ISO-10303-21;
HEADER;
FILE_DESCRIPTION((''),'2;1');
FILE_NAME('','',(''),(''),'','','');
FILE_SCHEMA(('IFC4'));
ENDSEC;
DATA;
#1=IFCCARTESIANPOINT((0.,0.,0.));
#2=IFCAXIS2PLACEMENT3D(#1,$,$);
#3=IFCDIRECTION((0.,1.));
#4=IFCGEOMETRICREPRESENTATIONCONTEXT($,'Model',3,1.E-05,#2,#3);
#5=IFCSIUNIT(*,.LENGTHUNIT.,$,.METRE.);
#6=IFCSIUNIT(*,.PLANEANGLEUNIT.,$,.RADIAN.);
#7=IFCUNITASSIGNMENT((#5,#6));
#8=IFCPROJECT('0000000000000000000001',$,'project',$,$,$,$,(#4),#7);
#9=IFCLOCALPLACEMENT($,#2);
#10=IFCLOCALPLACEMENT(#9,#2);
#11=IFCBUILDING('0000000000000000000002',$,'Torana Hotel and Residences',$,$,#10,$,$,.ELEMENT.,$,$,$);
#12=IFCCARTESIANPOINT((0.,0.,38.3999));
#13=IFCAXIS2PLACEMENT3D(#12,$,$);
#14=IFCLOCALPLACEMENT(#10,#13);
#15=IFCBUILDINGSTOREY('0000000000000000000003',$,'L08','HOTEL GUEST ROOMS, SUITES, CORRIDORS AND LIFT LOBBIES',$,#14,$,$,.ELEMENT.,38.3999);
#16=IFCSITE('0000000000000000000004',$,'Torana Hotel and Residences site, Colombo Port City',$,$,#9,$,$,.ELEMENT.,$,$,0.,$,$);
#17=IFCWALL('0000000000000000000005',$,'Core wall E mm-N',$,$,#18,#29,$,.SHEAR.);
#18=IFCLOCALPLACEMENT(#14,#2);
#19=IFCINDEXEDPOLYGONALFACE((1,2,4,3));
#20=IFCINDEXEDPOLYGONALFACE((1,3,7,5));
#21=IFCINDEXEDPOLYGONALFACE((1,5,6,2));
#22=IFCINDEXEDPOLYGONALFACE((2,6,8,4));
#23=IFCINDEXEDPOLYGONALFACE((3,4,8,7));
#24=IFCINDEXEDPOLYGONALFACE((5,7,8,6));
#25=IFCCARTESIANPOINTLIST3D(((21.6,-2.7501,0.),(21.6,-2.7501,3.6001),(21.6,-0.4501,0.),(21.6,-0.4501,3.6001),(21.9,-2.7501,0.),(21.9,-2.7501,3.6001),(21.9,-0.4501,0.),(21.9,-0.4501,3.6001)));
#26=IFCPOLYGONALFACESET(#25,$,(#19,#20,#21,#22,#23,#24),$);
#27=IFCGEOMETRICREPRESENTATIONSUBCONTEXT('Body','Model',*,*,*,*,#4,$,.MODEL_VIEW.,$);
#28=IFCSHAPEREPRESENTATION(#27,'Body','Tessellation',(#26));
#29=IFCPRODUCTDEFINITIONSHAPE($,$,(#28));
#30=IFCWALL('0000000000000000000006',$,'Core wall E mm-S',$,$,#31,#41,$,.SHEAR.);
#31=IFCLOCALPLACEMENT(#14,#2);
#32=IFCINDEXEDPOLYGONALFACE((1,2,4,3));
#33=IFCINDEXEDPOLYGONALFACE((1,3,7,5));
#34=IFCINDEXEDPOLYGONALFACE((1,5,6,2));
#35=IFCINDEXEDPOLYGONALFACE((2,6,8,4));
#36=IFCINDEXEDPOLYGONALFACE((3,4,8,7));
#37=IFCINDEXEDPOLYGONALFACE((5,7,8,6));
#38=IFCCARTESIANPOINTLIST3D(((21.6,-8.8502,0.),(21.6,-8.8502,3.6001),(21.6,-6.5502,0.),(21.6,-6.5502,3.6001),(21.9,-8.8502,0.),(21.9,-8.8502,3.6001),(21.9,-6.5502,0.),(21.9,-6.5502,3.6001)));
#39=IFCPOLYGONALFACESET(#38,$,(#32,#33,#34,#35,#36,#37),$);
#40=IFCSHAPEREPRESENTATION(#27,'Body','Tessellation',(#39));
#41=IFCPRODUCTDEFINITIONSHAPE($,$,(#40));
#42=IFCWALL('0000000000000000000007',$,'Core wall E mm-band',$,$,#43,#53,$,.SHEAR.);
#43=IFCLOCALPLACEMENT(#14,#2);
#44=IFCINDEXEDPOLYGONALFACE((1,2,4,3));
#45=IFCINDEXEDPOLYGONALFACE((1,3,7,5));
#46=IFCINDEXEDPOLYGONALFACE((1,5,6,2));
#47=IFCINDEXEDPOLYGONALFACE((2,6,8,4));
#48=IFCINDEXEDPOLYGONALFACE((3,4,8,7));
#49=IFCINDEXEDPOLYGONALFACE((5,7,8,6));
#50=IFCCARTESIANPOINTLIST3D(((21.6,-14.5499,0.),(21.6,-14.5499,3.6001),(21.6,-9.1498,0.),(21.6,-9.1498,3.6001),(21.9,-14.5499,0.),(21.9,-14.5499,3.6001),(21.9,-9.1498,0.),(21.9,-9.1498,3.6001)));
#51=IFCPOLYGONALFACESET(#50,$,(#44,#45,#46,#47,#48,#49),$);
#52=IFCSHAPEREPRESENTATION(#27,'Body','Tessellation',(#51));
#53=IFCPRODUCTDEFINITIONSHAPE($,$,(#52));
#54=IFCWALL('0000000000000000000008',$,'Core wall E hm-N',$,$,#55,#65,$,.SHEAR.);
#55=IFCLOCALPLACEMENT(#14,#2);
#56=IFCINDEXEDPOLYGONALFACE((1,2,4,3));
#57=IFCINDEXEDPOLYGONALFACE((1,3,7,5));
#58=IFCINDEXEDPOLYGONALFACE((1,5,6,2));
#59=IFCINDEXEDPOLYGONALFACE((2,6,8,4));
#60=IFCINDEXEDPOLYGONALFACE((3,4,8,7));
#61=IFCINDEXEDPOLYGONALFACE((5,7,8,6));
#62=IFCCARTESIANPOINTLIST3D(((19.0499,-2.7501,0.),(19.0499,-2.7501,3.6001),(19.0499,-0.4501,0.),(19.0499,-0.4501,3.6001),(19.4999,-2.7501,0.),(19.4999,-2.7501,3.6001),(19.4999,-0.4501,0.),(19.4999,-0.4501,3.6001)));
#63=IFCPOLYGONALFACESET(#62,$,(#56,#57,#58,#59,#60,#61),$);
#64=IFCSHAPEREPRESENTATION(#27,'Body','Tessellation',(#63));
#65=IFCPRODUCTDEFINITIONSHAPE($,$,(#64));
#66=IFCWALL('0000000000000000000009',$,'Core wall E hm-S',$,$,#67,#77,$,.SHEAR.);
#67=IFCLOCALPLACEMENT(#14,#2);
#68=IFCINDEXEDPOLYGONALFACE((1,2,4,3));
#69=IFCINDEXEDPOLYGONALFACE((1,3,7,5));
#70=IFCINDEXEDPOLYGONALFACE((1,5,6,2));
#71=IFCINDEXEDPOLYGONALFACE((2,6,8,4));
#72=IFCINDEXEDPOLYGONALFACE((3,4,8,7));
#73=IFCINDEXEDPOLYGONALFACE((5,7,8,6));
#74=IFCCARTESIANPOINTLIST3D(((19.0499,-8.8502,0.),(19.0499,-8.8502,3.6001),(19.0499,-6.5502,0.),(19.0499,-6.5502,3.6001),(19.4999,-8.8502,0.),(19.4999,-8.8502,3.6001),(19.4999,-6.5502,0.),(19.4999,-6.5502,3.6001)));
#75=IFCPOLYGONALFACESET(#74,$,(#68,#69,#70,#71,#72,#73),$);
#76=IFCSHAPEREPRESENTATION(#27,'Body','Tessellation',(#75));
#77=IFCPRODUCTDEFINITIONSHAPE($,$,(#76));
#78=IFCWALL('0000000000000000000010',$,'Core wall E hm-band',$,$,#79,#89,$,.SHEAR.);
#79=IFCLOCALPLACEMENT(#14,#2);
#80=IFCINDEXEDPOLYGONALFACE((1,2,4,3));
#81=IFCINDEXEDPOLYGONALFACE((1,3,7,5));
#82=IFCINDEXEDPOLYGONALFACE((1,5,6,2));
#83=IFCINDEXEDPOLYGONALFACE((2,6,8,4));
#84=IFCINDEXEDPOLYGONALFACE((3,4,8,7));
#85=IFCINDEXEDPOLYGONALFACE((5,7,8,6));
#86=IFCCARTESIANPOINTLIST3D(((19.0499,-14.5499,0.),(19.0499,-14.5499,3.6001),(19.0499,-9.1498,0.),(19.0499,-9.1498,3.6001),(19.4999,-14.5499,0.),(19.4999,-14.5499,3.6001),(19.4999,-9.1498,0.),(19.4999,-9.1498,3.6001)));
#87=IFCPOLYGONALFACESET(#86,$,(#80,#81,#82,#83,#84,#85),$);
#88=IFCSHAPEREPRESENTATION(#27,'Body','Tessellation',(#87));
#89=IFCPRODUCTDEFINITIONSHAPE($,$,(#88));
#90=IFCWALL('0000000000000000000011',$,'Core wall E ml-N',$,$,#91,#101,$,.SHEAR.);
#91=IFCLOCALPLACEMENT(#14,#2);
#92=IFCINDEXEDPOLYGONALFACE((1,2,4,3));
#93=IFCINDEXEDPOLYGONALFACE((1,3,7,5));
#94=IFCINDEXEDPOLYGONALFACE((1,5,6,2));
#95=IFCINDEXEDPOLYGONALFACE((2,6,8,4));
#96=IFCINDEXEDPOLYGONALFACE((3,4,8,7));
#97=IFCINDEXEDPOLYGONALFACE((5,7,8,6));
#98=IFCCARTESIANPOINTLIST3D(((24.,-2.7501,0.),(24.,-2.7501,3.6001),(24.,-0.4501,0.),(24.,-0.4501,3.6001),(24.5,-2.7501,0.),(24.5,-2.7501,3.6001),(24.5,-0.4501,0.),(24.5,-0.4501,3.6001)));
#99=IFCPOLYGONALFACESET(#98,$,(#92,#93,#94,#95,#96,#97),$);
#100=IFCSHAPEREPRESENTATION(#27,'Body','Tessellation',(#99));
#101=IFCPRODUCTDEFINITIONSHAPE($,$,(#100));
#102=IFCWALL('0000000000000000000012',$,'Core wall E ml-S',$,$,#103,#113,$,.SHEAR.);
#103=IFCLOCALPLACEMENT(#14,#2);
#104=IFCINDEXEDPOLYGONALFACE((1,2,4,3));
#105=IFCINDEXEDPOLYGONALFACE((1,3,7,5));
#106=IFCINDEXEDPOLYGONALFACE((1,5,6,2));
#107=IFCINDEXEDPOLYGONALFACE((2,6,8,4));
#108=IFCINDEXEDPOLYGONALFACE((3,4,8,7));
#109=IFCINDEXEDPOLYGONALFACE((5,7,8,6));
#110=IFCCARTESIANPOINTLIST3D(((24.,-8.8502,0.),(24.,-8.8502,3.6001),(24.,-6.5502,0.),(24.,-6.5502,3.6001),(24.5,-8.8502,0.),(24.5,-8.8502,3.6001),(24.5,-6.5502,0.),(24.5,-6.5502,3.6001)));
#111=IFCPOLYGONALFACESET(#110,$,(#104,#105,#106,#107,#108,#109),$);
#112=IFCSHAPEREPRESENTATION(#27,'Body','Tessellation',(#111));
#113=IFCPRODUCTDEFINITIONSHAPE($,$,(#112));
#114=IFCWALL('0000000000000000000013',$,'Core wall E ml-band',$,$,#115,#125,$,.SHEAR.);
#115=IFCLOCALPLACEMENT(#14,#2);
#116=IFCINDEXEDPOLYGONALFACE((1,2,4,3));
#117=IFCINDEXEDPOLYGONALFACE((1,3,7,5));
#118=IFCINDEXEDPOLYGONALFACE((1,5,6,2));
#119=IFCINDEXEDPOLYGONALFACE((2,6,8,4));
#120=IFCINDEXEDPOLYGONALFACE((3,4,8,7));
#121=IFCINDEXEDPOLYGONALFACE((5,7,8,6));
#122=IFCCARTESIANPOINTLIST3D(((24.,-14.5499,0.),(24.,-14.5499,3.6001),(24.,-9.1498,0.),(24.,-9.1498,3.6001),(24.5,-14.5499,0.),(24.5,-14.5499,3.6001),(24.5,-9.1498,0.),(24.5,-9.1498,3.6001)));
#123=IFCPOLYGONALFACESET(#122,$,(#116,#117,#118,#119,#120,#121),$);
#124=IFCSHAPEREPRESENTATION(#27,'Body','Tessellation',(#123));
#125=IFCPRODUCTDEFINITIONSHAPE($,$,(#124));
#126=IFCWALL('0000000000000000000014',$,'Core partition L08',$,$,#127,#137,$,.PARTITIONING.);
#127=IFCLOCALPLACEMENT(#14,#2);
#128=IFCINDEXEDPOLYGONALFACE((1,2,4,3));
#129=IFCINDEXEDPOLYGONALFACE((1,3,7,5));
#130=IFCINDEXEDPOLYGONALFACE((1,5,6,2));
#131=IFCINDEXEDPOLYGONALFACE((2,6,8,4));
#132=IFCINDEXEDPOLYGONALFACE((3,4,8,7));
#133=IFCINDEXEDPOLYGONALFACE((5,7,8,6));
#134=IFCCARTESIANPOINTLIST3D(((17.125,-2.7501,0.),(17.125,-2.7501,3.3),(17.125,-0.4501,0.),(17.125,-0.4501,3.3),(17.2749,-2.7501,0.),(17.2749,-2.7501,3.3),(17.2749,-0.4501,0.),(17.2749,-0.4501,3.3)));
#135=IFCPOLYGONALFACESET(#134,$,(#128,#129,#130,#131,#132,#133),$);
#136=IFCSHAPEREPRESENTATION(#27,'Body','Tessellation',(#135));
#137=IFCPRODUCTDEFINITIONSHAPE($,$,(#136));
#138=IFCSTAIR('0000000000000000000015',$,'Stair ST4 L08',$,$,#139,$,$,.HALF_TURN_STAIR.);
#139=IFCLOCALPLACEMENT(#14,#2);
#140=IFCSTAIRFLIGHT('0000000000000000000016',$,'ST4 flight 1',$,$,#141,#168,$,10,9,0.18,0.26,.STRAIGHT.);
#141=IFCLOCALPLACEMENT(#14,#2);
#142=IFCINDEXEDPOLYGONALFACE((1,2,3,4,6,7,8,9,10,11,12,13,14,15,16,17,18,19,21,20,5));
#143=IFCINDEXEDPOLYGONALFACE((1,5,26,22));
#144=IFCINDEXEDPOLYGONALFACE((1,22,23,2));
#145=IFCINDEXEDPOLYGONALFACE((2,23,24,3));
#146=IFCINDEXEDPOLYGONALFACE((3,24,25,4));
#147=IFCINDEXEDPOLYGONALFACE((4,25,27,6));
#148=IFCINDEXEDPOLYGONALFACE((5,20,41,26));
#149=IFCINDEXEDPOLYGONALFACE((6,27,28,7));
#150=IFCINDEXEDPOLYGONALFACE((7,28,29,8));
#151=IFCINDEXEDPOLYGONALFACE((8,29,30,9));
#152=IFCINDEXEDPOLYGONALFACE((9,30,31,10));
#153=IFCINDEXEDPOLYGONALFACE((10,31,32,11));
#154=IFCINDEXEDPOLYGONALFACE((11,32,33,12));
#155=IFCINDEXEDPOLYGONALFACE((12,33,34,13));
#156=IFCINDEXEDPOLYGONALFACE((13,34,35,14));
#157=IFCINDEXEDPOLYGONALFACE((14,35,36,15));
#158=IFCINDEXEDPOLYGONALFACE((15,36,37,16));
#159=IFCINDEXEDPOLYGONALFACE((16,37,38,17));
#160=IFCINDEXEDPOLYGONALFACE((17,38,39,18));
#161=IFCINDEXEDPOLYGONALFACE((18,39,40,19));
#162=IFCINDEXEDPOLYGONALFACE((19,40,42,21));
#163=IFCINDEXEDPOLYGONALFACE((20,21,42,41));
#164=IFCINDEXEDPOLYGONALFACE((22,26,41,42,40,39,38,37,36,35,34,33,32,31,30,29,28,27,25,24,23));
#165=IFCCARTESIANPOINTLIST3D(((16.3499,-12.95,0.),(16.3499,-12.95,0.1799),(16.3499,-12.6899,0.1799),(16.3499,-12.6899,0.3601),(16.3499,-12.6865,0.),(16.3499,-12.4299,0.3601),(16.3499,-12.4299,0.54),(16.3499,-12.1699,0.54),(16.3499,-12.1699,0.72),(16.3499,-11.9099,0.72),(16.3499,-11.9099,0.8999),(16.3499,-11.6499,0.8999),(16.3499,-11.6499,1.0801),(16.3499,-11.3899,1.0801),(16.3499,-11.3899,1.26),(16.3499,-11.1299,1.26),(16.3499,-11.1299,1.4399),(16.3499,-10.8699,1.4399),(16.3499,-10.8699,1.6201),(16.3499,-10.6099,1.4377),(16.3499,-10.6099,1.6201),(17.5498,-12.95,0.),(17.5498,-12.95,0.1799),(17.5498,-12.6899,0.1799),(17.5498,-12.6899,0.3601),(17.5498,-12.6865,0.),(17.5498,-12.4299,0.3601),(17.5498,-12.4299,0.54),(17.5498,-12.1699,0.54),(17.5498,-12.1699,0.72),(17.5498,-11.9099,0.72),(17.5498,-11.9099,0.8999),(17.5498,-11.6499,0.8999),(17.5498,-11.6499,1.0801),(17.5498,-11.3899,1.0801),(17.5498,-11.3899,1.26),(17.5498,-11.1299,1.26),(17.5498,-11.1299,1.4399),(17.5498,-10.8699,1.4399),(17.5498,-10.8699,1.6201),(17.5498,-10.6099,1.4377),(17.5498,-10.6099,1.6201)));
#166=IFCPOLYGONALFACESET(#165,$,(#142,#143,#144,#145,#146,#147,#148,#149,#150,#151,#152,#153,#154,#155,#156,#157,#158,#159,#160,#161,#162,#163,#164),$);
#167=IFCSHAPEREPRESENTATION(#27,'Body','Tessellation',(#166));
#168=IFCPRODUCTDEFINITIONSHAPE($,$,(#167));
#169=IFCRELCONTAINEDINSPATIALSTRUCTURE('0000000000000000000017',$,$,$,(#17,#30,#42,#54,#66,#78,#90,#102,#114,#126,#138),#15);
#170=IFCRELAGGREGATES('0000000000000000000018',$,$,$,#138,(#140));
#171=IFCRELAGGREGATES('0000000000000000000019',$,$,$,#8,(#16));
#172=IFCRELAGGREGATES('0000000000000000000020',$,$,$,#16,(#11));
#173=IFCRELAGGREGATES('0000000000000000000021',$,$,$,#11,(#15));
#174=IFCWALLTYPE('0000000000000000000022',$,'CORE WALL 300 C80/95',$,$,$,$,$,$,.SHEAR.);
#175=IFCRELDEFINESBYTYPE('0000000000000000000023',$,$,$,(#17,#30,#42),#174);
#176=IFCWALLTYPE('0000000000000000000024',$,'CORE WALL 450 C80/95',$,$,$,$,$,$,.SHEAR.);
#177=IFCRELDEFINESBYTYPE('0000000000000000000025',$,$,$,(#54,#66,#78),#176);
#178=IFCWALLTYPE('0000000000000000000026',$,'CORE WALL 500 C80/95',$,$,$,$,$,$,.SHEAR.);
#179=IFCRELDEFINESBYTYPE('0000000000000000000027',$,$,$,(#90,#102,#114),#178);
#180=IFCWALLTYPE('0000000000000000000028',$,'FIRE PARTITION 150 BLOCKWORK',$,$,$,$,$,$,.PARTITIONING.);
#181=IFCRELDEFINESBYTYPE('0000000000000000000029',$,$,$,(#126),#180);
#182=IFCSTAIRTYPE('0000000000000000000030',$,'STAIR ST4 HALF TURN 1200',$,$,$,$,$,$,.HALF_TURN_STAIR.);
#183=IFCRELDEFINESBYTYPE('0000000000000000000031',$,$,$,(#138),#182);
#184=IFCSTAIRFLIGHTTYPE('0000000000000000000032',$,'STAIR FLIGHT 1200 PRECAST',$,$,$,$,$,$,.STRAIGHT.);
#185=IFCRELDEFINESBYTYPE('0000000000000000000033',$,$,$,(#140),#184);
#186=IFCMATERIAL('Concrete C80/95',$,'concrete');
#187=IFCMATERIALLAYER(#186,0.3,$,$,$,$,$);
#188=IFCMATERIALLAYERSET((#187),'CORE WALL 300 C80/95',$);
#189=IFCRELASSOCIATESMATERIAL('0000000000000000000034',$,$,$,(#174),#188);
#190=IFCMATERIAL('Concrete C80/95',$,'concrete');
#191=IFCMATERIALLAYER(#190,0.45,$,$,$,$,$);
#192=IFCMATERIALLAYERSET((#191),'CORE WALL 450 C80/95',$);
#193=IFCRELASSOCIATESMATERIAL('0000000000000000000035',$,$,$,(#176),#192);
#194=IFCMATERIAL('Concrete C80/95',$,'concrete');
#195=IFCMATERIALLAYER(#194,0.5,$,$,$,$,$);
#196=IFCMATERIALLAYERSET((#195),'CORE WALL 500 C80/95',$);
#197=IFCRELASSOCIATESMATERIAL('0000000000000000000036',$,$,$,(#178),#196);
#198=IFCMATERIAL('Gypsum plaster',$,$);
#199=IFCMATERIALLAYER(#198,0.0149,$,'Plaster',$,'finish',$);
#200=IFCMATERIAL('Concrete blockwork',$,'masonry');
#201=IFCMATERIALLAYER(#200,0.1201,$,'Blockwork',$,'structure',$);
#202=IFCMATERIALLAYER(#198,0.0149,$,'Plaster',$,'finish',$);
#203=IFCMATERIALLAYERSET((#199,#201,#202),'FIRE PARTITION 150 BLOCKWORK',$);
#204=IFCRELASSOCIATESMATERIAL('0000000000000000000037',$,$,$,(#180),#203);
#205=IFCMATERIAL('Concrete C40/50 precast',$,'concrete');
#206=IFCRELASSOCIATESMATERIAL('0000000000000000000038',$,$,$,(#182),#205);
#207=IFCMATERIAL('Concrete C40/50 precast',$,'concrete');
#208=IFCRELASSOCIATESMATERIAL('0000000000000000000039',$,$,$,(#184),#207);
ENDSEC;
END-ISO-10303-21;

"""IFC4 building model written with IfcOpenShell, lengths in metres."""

from ifc_helpers import new_model, si_unit, direction, frame, frame_2d, origin, place, context, subcontext, project, spatial, polyline, rectangle, outline, extrude, material, layer, layer_set, type_object, element, aggregate, save


model = new_model("IFC4")

# Units and contexts
model_context = context("Model", 3, precision=1e-05, world=origin(), true_north=direction((0.0, 1.0)))
body_context = subcontext(model_context, "Body", "Model", "MODEL_VIEW")
ifc_project = project(units=[si_unit("LENGTHUNIT", "METRE"), si_unit("PLANEANGLEUNIT", "RADIAN")], contexts=[model_context])

# Site, building, storey
site_placement = place(None, origin())
site = spatial("IfcSite", under=ifc_project, at=site_placement, Name="Torana Hotel and Residences site, Colombo Port City", CompositionType="ELEMENT", RefElevation=0.0)
building_placement = place(site_placement, origin())
building = spatial("IfcBuilding", under=site, at=building_placement, Name="Torana Hotel and Residences", CompositionType="ELEMENT")
storey_placement = place(building_placement, frame((0.0, 0.0, 38.3999)))
storey = spatial("IfcBuildingStorey", under=building, at=storey_placement, Name="L08", Description="HOTEL GUEST ROOMS, SUITES, CORRIDORS AND LIFT LOBBIES", CompositionType="ELEMENT", Elevation=38.3999)

# Walls
ifc_material_1 = material(Name="Concrete C80/95", Category="concrete")
ifc_layer_1 = layer(ifc_material_1, 0.3)
ifc_layer_set_1 = layer_set([ifc_layer_1], Name="CORE WALL 300 C80/95")
wall_type_1 = type_object("IfcWallType", Name="CORE WALL 300 C80/95", PredefinedType="SHEAR", material=ifc_layer_set_1)
for number, where, z_axis, x_axis, name in (
    (1, (21.75, -2.75, 0.0), (0.0, 0.0, 1.0), (0.0, 1.0, 0.0), "Core wall E mm-N"),
    (2, (21.75, -8.8501, 0.0), (0.0, 0.0, 1.0), (0.0, 1.0, 0.0), "Core wall E mm-S"),
):
    element("IfcWall", number, at=place(storey_placement, frame(where, z_axis=z_axis, x_axis=x_axis)), inside=storey, type_object=wall_type_1, Name=name, PredefinedType="SHEAR", context=body_context, shape_type="SweptSolid", body=[
        extrude(rectangle(XDim=2.3, YDim=0.3, at=frame_2d((1.1499, 0.0))), origin(), (0.0, 0.0, 1.0), 3.6001),
    ])
wall_1_placement = place(storey_placement, frame((21.75, -14.55, 0.0), z_axis=(0.0, 0.0, 1.0), x_axis=(0.0, 1.0, 0.0)))
element("IfcWall", 3, at=wall_1_placement, inside=storey, type_object=wall_type_1, Name="Core wall E mm-band", PredefinedType="SHEAR", context=body_context, shape_type="SweptSolid", body=[
    extrude(rectangle(XDim=5.4001, YDim=0.3, at=frame_2d((2.7002, 0.0))), origin(), (0.0, 0.0, 1.0), 3.6001),
])
ifc_material_2 = material(Name="Concrete C80/95", Category="concrete")
ifc_layer_2 = layer(ifc_material_2, 0.45)
ifc_layer_set_2 = layer_set([ifc_layer_2], Name="CORE WALL 450 C80/95")
wall_type_2 = type_object("IfcWallType", Name="CORE WALL 450 C80/95", PredefinedType="SHEAR", material=ifc_layer_set_2)
for number, where, z_axis, x_axis, name in (
    (4, (19.2749, -2.75, 0.0), (0.0, 0.0, 1.0), (0.0, 1.0, 0.0), "Core wall E hm-N"),
    (5, (19.2749, -8.8501, 0.0), (0.0, 0.0, 1.0), (0.0, 1.0, 0.0), "Core wall E hm-S"),
):
    element("IfcWall", number, at=place(storey_placement, frame(where, z_axis=z_axis, x_axis=x_axis)), inside=storey, type_object=wall_type_2, Name=name, PredefinedType="SHEAR", context=body_context, shape_type="SweptSolid", body=[
        extrude(rectangle(XDim=2.3, YDim=0.45, at=frame_2d((1.1499, 0.0))), origin(), (0.0, 0.0, 1.0), 3.6001),
    ])
wall_2_placement = place(storey_placement, frame((19.2749, -14.55, 0.0), z_axis=(0.0, 0.0, 1.0), x_axis=(0.0, 1.0, 0.0)))
element("IfcWall", 6, at=wall_2_placement, inside=storey, type_object=wall_type_2, Name="Core wall E hm-band", PredefinedType="SHEAR", context=body_context, shape_type="SweptSolid", body=[
    extrude(rectangle(XDim=5.4001, YDim=0.45, at=frame_2d((2.7002, 0.0))), origin(), (0.0, 0.0, 1.0), 3.6001),
])
ifc_material_3 = material(Name="Concrete C80/95", Category="concrete")
ifc_layer_3 = layer(ifc_material_3, 0.5)
ifc_layer_set_3 = layer_set([ifc_layer_3], Name="CORE WALL 500 C80/95")
wall_type_3 = type_object("IfcWallType", Name="CORE WALL 500 C80/95", PredefinedType="SHEAR", material=ifc_layer_set_3)
for number, where, z_axis, x_axis, name in (
    (7, (24.25, -2.75, 0.0), (0.0, 0.0, 1.0), (0.0, 1.0, 0.0), "Core wall E ml-N"),
    (8, (24.25, -8.8501, 0.0), (0.0, 0.0, 1.0), (0.0, 1.0, 0.0), "Core wall E ml-S"),
):
    element("IfcWall", number, at=place(storey_placement, frame(where, z_axis=z_axis, x_axis=x_axis)), inside=storey, type_object=wall_type_3, Name=name, PredefinedType="SHEAR", context=body_context, shape_type="SweptSolid", body=[
        extrude(rectangle(XDim=2.3, YDim=0.5, at=frame_2d((1.1499, 0.0))), origin(), (0.0, 0.0, 1.0), 3.6001),
    ])
wall_3_placement = place(storey_placement, frame((24.25, -14.55, 0.0), z_axis=(0.0, 0.0, 1.0), x_axis=(0.0, 1.0, 0.0)))
element("IfcWall", 9, at=wall_3_placement, inside=storey, type_object=wall_type_3, Name="Core wall E ml-band", PredefinedType="SHEAR", context=body_context, shape_type="SweptSolid", body=[
    extrude(rectangle(XDim=5.4001, YDim=0.5, at=frame_2d((2.7002, 0.0))), origin(), (0.0, 0.0, 1.0), 3.6001),
])
ifc_material_4 = material(Name="Gypsum plaster")
ifc_layer_4 = layer(ifc_material_4, 0.0149, Name="Plaster", Category="finish")
ifc_material_5 = material(Name="Concrete blockwork", Category="masonry")
ifc_layer_5 = layer(ifc_material_5, 0.1201, Name="Blockwork", Category="structure")
ifc_layer_6 = layer(ifc_material_4, 0.0149, Name="Plaster", Category="finish")
ifc_layer_set_4 = layer_set([ifc_layer_4, ifc_layer_5, ifc_layer_6], Name="FIRE PARTITION 150 BLOCKWORK")
wall_type_4 = type_object("IfcWallType", Name="FIRE PARTITION 150 BLOCKWORK", PredefinedType="PARTITIONING", material=ifc_layer_set_4)
wall_4_placement = place(storey_placement, frame((17.2, -2.75, 0.0), z_axis=(0.0, 0.0, 1.0), x_axis=(0.0, 1.0, 0.0)))
element("IfcWall", 10, at=wall_4_placement, inside=storey, type_object=wall_type_4, Name="Core partition L08", PredefinedType="PARTITIONING", context=body_context, shape_type="SweptSolid", body=[
    extrude(rectangle(XDim=2.3, YDim=0.1499, at=frame_2d((1.1499, 0.0))), origin(), (0.0, 0.0, 1.0), 3.3),
])

# Stair, stair flight
ifc_material_6 = material(Name="Concrete C40/50 precast", Category="concrete")
stair_type = type_object("IfcStairType", Name="STAIR ST4 HALF TURN 1200", PredefinedType="HALF_TURN_STAIR", material=ifc_material_6)
stair_placement = place(storey_placement, origin())
stair = element("IfcStair", 11, at=stair_placement, inside=storey, type_object=stair_type, Name="Stair ST4 L08", PredefinedType="HALF_TURN_STAIR")
ifc_material_7 = material(Name="Concrete C40/50 precast", Category="concrete")
stair_flight_type = type_object("IfcStairFlightType", Name="STAIR FLIGHT 1200 PRECAST", PredefinedType="STRAIGHT", material=ifc_material_7)
stair_flight_1_placement = place(storey_placement, frame((16.95, -12.95, 0.0), z_axis=(0.0, 0.0, 1.0), x_axis=(0.0, 1.0, 0.0)))
stair_flight_1 = element("IfcStairFlight", 12, at=stair_flight_1_placement, type_object=stair_flight_type, Name="ST4 flight 1", NumberOfRisers=10, NumberOfTreads=9, PredefinedType="STRAIGHT", RiserHeight=0.18, TreadLength=0.26, context=body_context, shape_type="SweptSolid", body=[
    extrude(outline(polyline([(0.0, 0.0), (0.0, 0.1799), (0.26, 0.1799), (0.26, 0.3601), (0.52, 0.3601), (0.52, 0.54), (0.78, 0.54), (0.78, 0.72), (1.04, 0.72), (1.04, 0.8999), (1.3, 0.8999), (1.3, 1.0801), (1.5601, 1.0801), (1.5601, 1.26), (1.8201, 1.26), (1.8201, 1.4399), (2.0801, 1.4399), (2.0801, 1.6201), (2.3401, 1.6201), (2.3401, 1.8), (2.3401, 1.4377), (0.2634, 0.0), (0.0, 0.0)])), frame((0.0, 0.6001, 0.0), z_axis=(0.0, -1.0, 0.0), x_axis=(1.0, 0.0, 0.0)), (0.0, 0.0, 1.0), 1.2),
])
aggregate(stair, [stair_flight_1])

save(model, "model.ifc")
